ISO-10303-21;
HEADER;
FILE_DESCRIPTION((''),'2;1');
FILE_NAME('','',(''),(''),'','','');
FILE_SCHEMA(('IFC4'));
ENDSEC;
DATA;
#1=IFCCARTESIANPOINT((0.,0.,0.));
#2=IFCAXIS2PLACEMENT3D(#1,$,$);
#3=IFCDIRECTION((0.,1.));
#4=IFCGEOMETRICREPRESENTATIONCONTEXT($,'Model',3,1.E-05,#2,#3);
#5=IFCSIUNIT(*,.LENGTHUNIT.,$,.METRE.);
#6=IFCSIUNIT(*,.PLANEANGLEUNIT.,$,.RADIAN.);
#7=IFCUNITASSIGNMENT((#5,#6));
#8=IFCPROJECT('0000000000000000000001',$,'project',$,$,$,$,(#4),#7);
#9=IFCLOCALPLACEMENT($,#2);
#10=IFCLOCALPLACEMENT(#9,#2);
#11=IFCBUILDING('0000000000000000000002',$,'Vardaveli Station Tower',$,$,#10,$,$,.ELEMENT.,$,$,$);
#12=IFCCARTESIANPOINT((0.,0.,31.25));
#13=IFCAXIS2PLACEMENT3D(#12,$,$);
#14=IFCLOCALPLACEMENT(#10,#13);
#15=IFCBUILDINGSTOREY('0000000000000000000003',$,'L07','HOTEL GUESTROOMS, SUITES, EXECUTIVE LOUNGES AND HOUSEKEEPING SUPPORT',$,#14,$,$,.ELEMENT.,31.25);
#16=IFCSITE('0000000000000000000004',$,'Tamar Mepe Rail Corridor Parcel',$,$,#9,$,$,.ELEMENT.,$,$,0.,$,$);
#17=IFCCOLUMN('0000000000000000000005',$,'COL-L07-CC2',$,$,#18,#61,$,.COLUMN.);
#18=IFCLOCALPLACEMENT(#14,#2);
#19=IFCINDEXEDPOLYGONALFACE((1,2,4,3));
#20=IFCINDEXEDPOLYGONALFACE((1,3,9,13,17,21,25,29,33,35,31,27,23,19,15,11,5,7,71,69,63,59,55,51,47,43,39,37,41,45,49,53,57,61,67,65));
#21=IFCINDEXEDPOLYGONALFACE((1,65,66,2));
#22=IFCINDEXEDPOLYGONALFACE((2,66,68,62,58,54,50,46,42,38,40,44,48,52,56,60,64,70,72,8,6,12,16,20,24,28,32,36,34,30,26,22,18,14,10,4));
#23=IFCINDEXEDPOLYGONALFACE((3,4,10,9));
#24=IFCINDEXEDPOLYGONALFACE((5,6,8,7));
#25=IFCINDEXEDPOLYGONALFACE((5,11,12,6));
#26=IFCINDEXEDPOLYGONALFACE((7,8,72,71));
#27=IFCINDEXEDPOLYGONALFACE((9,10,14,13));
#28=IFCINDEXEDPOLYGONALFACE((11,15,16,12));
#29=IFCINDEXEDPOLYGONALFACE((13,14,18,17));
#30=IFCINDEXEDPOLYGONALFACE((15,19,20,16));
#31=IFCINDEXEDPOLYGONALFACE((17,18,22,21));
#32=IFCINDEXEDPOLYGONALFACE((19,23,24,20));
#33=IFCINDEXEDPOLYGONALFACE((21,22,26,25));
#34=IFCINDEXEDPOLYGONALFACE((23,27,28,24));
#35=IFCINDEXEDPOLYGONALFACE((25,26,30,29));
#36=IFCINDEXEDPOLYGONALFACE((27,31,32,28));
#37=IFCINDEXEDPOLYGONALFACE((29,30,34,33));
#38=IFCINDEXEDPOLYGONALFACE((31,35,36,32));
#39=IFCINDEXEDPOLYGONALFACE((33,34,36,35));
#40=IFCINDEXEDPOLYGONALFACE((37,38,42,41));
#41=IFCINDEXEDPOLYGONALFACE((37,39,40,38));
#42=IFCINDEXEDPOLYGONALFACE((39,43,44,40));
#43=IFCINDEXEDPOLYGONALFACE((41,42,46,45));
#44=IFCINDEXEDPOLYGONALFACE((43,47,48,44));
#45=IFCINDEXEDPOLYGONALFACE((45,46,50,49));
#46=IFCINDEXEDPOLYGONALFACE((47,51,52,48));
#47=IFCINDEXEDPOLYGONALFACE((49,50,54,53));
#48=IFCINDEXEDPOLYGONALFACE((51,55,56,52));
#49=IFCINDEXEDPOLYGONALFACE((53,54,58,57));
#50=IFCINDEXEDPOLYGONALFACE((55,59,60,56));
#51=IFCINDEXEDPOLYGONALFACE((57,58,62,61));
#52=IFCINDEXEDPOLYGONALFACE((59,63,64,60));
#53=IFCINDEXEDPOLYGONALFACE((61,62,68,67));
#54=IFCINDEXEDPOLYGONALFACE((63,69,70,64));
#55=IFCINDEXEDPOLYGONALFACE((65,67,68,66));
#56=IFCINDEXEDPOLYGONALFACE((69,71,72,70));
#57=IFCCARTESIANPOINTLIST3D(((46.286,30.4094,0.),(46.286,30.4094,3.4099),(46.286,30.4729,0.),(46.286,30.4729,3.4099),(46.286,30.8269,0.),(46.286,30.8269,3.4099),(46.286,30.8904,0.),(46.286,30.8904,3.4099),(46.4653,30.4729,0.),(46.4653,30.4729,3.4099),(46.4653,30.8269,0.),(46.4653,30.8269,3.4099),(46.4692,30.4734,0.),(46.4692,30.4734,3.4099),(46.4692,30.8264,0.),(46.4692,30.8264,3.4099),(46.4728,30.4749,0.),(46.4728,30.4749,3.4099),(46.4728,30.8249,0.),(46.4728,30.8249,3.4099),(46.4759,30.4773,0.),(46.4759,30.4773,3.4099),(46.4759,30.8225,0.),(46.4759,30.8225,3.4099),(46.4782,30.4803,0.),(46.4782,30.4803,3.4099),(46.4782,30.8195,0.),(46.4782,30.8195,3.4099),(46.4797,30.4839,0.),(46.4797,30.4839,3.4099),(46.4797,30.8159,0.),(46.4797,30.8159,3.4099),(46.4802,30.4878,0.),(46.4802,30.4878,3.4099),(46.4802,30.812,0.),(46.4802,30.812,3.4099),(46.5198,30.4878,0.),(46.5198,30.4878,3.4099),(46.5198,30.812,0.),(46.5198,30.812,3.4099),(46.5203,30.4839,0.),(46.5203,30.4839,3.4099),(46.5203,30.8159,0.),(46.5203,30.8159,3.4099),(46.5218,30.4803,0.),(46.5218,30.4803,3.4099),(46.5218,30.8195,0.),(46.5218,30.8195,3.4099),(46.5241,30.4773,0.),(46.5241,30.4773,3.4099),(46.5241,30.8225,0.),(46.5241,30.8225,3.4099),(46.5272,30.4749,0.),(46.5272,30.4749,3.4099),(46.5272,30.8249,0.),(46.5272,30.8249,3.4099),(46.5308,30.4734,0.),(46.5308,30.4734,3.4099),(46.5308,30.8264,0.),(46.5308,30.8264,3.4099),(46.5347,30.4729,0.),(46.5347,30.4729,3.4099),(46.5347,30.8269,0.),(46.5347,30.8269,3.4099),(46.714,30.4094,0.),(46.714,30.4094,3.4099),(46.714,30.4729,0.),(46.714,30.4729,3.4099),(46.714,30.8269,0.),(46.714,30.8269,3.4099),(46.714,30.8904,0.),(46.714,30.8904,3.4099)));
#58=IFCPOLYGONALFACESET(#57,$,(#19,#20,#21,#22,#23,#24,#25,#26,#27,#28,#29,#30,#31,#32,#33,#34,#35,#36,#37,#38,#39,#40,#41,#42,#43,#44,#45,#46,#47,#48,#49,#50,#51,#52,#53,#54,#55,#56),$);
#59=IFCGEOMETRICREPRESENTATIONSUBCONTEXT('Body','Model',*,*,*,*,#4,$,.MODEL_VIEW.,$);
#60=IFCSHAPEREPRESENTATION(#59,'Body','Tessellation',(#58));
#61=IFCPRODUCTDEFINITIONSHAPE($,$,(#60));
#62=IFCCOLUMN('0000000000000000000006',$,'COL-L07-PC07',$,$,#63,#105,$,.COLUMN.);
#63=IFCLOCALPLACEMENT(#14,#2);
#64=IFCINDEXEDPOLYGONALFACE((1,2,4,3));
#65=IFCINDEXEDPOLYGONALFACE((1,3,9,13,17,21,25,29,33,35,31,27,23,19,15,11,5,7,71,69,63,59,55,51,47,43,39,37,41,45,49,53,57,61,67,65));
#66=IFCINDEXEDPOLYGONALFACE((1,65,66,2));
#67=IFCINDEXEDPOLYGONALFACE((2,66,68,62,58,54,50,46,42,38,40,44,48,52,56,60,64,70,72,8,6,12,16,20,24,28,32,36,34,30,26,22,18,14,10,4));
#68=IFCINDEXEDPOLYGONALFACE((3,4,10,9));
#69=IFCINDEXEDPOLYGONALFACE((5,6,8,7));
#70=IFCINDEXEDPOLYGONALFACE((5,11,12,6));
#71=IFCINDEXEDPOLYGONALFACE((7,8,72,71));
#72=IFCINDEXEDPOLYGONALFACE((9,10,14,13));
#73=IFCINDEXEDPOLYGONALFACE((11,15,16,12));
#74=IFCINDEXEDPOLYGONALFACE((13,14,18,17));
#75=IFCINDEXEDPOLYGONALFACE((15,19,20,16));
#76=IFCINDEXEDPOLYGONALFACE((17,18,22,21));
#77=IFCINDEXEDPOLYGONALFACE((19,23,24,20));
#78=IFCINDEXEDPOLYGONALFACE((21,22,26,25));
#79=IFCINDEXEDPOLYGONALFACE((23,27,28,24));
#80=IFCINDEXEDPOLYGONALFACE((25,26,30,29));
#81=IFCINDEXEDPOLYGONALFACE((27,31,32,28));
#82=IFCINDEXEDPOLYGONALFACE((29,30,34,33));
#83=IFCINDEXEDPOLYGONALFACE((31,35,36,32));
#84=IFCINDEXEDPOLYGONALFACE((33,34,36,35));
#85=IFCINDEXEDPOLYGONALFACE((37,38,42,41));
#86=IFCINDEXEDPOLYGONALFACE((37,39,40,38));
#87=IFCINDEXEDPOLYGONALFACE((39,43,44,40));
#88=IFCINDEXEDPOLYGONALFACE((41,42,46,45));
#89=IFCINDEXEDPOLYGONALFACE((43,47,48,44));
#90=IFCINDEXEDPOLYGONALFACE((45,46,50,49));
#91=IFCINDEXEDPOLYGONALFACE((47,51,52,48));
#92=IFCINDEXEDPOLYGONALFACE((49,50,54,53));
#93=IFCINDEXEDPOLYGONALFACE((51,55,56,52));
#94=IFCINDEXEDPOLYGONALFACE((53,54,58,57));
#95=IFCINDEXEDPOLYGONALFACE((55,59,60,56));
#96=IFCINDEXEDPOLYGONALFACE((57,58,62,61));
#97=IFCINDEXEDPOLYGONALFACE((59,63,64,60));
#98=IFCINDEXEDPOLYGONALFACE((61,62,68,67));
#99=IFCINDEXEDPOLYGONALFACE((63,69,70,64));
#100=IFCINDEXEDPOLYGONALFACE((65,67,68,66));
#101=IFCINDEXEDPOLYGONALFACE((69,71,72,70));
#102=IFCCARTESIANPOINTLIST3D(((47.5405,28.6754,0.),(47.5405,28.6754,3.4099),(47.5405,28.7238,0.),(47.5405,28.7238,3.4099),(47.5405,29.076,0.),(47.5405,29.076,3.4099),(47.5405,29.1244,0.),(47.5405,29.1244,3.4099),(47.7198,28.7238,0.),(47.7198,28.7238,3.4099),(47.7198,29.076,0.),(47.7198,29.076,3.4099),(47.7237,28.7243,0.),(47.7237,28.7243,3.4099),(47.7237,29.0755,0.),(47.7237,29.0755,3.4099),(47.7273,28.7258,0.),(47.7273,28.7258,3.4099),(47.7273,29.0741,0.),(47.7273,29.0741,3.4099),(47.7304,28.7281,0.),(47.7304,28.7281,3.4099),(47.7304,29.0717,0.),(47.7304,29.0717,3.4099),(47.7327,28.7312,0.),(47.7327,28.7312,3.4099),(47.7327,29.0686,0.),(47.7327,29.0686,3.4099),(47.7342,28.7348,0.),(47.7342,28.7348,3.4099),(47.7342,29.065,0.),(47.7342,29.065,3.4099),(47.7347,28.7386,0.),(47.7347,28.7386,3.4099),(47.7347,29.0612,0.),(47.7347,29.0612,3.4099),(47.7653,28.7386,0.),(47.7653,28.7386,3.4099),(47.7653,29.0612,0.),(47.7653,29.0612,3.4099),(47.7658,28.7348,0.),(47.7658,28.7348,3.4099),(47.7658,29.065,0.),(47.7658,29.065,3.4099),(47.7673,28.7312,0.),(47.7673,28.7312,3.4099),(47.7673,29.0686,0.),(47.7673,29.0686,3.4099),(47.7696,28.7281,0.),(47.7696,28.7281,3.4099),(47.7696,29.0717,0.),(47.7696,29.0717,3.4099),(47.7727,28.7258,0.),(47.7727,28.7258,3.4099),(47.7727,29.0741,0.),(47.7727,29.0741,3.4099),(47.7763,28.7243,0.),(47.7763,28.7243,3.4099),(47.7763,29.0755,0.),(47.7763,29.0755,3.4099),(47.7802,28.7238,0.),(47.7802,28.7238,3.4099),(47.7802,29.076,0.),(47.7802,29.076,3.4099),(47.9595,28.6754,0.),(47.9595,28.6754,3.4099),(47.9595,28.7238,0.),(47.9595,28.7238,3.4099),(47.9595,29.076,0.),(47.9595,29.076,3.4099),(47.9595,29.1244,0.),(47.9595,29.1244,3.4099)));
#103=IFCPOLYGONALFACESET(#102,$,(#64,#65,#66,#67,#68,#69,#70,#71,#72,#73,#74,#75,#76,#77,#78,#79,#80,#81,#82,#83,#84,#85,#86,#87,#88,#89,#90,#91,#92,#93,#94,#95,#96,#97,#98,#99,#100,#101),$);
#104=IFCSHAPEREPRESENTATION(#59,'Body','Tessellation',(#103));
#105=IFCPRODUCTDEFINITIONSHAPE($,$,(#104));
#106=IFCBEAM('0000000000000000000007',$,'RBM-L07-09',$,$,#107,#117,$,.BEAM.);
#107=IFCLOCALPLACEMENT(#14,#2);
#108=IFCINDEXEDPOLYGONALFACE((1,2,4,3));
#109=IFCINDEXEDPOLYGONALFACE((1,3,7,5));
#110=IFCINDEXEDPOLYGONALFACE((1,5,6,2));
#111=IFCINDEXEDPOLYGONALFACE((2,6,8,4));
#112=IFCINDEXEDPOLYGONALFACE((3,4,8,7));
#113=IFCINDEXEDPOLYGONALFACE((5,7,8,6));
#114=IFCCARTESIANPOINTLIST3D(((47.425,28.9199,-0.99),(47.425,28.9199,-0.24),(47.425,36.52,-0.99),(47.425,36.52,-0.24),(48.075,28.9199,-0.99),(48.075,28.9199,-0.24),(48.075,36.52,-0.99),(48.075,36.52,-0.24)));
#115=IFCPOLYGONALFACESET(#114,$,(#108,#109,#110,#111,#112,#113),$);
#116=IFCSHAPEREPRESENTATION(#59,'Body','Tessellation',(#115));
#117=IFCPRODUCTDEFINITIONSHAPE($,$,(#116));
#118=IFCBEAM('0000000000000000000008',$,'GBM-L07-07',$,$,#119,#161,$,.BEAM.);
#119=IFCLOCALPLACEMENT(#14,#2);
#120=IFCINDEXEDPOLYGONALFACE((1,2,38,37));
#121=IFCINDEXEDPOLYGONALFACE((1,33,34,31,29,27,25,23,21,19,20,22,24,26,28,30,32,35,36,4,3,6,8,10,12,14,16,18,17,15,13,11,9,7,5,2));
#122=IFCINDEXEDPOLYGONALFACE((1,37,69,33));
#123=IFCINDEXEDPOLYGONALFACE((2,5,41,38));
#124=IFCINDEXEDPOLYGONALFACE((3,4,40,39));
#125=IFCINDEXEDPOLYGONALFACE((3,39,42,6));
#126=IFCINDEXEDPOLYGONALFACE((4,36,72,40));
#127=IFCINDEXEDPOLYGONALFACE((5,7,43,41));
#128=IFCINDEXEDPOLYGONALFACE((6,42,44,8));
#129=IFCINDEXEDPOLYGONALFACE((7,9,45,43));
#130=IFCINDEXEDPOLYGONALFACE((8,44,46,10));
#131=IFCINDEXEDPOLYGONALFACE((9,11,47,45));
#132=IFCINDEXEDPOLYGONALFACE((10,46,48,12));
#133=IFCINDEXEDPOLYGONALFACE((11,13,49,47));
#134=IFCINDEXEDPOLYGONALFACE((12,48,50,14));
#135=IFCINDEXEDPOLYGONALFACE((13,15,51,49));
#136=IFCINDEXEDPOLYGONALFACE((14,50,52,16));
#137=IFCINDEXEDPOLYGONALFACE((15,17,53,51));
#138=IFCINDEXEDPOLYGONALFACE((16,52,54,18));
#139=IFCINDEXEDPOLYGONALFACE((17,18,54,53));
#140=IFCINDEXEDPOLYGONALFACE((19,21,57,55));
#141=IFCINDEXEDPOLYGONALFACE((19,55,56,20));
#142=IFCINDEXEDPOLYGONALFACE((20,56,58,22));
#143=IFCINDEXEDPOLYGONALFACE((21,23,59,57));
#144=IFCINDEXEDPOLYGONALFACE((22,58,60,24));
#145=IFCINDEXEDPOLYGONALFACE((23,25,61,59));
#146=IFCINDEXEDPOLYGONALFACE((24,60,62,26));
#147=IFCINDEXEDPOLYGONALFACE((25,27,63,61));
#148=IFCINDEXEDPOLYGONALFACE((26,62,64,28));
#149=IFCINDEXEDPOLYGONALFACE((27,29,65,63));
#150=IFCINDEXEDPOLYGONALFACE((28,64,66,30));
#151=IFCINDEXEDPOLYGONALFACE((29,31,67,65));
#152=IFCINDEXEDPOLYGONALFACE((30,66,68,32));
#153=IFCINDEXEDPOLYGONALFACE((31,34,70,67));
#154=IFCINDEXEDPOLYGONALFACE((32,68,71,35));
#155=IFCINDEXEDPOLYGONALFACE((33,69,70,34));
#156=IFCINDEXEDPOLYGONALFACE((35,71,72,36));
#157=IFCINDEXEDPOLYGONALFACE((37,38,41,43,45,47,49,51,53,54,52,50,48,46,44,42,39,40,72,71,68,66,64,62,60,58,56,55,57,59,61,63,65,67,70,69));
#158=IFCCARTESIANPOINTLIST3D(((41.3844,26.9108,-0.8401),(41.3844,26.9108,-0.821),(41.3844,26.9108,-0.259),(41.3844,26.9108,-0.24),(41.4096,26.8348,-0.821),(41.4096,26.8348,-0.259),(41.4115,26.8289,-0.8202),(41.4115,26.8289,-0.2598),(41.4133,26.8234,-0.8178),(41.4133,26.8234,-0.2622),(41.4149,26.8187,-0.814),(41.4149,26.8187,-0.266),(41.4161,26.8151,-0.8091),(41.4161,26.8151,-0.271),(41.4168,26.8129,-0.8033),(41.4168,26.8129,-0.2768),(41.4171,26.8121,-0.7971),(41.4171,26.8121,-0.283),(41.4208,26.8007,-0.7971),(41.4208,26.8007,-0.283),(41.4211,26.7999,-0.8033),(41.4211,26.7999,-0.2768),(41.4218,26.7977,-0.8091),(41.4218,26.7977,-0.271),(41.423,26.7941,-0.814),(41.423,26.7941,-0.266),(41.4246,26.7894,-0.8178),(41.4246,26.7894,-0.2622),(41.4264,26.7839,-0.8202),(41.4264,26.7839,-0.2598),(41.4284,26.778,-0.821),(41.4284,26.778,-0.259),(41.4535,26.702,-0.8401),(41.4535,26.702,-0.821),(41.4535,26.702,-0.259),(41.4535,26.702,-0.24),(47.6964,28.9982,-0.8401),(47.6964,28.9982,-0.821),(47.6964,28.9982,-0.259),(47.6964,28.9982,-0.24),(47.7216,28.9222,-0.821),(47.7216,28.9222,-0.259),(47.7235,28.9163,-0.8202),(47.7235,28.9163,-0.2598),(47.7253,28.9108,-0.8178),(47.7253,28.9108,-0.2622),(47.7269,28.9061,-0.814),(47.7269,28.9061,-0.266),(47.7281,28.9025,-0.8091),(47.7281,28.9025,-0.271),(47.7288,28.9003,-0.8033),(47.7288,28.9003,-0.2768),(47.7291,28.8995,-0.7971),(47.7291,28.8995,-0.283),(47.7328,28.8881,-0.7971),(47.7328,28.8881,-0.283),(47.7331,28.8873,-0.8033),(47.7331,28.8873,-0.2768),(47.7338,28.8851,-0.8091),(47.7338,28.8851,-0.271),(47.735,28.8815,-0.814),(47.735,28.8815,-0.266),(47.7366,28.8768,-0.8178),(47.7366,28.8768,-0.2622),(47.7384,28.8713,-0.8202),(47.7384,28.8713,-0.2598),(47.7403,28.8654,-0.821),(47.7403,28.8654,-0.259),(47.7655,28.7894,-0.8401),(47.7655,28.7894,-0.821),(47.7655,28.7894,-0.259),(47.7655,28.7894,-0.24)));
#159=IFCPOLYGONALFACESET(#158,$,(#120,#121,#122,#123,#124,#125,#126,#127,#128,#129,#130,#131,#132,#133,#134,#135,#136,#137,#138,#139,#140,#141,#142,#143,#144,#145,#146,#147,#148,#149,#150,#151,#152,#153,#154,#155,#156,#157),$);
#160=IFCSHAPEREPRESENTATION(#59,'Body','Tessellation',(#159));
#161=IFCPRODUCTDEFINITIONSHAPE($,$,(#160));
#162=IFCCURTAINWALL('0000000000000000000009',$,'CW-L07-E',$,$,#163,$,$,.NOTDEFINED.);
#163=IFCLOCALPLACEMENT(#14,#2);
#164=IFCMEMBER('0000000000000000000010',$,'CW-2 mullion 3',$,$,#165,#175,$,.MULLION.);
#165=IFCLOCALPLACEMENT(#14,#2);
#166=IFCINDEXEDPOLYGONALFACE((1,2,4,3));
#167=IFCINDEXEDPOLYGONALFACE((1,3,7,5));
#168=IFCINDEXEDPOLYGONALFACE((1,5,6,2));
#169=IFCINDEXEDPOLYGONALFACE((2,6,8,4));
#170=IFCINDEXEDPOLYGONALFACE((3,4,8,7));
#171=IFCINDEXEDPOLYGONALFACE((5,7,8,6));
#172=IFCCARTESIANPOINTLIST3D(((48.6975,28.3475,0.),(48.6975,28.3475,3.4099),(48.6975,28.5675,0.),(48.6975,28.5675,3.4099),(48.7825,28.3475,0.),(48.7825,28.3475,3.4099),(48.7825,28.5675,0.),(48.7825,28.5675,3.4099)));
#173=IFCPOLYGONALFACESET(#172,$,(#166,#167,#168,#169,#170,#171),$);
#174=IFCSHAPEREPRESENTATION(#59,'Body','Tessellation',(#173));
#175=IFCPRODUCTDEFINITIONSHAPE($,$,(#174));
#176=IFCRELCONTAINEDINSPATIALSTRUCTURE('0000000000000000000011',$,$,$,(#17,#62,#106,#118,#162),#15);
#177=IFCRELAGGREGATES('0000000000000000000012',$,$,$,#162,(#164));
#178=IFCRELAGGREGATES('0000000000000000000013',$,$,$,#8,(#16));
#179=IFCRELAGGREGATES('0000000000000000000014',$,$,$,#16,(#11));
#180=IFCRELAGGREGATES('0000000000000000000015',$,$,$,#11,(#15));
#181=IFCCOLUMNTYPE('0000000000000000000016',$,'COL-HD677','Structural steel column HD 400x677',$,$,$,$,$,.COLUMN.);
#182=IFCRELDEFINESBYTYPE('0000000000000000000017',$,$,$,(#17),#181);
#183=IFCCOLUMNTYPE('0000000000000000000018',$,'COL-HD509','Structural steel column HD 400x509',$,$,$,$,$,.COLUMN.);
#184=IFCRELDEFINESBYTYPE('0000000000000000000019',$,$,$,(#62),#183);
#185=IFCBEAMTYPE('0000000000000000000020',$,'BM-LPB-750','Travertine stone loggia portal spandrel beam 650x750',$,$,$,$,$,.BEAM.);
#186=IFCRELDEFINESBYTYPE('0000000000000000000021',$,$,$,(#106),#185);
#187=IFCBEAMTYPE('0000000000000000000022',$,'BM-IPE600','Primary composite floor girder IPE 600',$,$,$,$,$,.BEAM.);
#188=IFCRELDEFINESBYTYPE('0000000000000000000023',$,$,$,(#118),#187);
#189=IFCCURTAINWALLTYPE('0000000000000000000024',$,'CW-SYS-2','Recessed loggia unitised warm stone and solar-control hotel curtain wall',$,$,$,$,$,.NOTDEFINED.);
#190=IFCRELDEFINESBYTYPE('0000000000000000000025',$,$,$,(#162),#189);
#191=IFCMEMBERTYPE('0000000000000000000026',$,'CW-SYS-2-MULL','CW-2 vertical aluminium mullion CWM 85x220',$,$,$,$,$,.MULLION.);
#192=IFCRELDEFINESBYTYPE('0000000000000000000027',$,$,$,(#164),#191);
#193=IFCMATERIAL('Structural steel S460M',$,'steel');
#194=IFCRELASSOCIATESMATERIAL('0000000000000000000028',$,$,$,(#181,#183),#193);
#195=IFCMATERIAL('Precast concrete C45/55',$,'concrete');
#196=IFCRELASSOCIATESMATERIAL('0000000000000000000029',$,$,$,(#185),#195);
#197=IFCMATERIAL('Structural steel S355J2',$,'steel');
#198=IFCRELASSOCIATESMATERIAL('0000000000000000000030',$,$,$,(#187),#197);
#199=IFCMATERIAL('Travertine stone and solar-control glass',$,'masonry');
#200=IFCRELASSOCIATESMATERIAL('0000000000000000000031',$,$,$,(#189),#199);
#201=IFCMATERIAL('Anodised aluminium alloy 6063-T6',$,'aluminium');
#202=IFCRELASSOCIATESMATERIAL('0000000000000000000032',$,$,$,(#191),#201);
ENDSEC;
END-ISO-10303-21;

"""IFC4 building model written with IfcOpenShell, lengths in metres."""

from ifc_helpers import new_model, si_unit, direction, frame, origin, origin_2d, place, context, subcontext, project, spatial, rectangle, i_section, extrude, source, transform, mapped, material, material_profile, profile_set, type_object, element, aggregate, save


model = new_model("IFC4")

# Units and contexts
model_context = context("Model", 3, precision=1e-05, world=origin(), true_north=direction((0.0, 1.0)))
body_context = subcontext(model_context, "Body", "Model", "MODEL_VIEW")
ifc_project = project(units=[si_unit("LENGTHUNIT", "METRE"), si_unit("PLANEANGLEUNIT", "RADIAN")], contexts=[model_context])

# Site, building, storey
site_placement = place(None, origin())
site = spatial("IfcSite", under=ifc_project, at=site_placement, Name="Tamar Mepe Rail Corridor Parcel", CompositionType="ELEMENT", RefElevation=0.0)
building_placement = place(site_placement, origin())
building = spatial("IfcBuilding", under=site, at=building_placement, Name="Vardaveli Station Tower", CompositionType="ELEMENT")
storey_placement = place(building_placement, frame((0.0, 0.0, 31.25)))
storey = spatial("IfcBuildingStorey", under=building, at=storey_placement, Name="L07", Description="HOTEL GUESTROOMS, SUITES, EXECUTIVE LOUNGES AND HOUSEKEEPING SUPPORT", CompositionType="ELEMENT", Elevation=31.25)

# Columns
ifc_material_1 = material(Name="Structural steel S460M", Category="steel")
ifc_material_profile_1 = material_profile(ifc_material_1, i_section(OverallWidth=0.428, OverallDepth=0.481, WebThickness=0.0396, FlangeThickness=0.0635, FilletRadius=0.0149, at=origin_2d()), Name="HD 400x677")
ifc_profile_set_1 = profile_set([ifc_material_profile_1], Name="Structural steel S460M")
column_type_1 = type_object("IfcColumnType", Name="COL-HD677", Description="Structural steel column HD 400x677", PredefinedType="COLUMN", material=ifc_profile_set_1)
shared_shape_1 = source(origin(), body_context, "Body", "SweptSolid", [
    extrude(i_section(OverallWidth=0.428, OverallDepth=0.481, WebThickness=0.0396, FlangeThickness=0.0635, FilletRadius=0.0149, at=origin_2d()), origin(), (0.0, 0.0, 1.0), 3.4099),
])
column_1_placement = place(storey_placement, frame((46.5, 30.6499, 0.0), z_axis=(0.0, 0.0, 1.0), x_axis=(1.0, 0.0, 0.0)))
element("IfcColumn", 1, at=column_1_placement, inside=storey, type_object=column_type_1, Name="COL-L07-CC2", PredefinedType="COLUMN", context=body_context, shape_type="MappedRepresentation", body=[
    mapped(shared_shape_1, transform((0.0, 0.0, 0.0), scale=1.0)),
])
ifc_material_profile_2 = material_profile(ifc_material_1, i_section(OverallWidth=0.4189, OverallDepth=0.449, WebThickness=0.0305, FlangeThickness=0.0483, FilletRadius=0.0149, at=origin_2d()), Name="HD 400x509")
ifc_profile_set_2 = profile_set([ifc_material_profile_2], Name="Structural steel S460M")
column_type_2 = type_object("IfcColumnType", Name="COL-HD509", Description="Structural steel column HD 400x509", PredefinedType="COLUMN", material=ifc_profile_set_2)
shared_shape_2 = source(origin(), body_context, "Body", "SweptSolid", [
    extrude(i_section(OverallWidth=0.4189, OverallDepth=0.449, WebThickness=0.0305, FlangeThickness=0.0483, FilletRadius=0.0149, at=origin_2d()), origin(), (0.0, 0.0, 1.0), 3.4099),
])
column_2_placement = place(storey_placement, frame((47.75, 28.8999, 0.0), z_axis=(0.0, 0.0, 1.0), x_axis=(1.0, 0.0, 0.0)))
element("IfcColumn", 2, at=column_2_placement, inside=storey, type_object=column_type_2, Name="COL-L07-PC07", PredefinedType="COLUMN", context=body_context, shape_type="MappedRepresentation", body=[
    mapped(shared_shape_2, transform((0.0, 0.0, 0.0), scale=1.0)),
])

# Beams
ifc_material_2 = material(Name="Precast concrete C45/55", Category="concrete")
ifc_material_profile_3 = material_profile(ifc_material_2, rectangle(XDim=0.6499, YDim=0.75, at=origin_2d()), Name="LPB 650x750")
ifc_profile_set_3 = profile_set([ifc_material_profile_3], Name="Precast concrete C45/55")
beam_type_1 = type_object("IfcBeamType", Name="BM-LPB-750", Description="Travertine stone loggia portal spandrel beam 650x750", PredefinedType="BEAM", material=ifc_profile_set_3)
shared_shape_3 = source(origin(), body_context, "Body", "SweptSolid", [
    extrude(rectangle(XDim=0.6499, YDim=0.75, at=origin_2d()), origin(), (0.0, 0.0, 1.0), 7.6001),
])
beam_1_placement = place(storey_placement, frame((47.75, 28.9199, -0.615), z_axis=(0.0, 1.0, 0.0), x_axis=(-1.0, 0.0, 0.0)))
element("IfcBeam", 3, at=beam_1_placement, inside=storey, type_object=beam_type_1, Name="RBM-L07-09", PredefinedType="BEAM", context=body_context, shape_type="MappedRepresentation", body=[
    mapped(shared_shape_3, transform((0.0, 0.0, 0.0), scale=1.0)),
])
ifc_material_3 = material(Name="Structural steel S355J2", Category="steel")
ifc_material_profile_4 = material_profile(ifc_material_3, i_section(OverallWidth=0.22, OverallDepth=0.6001, WebThickness=0.012, FlangeThickness=0.019, FilletRadius=0.0239, at=origin_2d()), Name="IPE 600")
ifc_profile_set_4 = profile_set([ifc_material_profile_4], Name="Structural steel S355J2")
beam_type_2 = type_object("IfcBeamType", Name="BM-IPE600", Description="Primary composite floor girder IPE 600", PredefinedType="BEAM", material=ifc_profile_set_4)
shared_shape_4 = source(origin(), body_context, "Body", "SweptSolid", [
    extrude(i_section(OverallWidth=0.22, OverallDepth=0.6001, WebThickness=0.012, FlangeThickness=0.019, FilletRadius=0.0239, at=origin_2d()), origin(), (0.0, 0.0, 1.0), 6.6482),
])
beam_2_placement = place(storey_placement, frame((47.731, 28.8938, -0.54), z_axis=(-0.94943, -0.313979, 0.0), x_axis=(0.313979, -0.94943, 0.0)))
element("IfcBeam", 4, at=beam_2_placement, inside=storey, type_object=beam_type_2, Name="GBM-L07-07", PredefinedType="BEAM", context=body_context, shape_type="MappedRepresentation", body=[
    mapped(shared_shape_4, transform((0.0, 0.0, 0.0), scale=1.0)),
])

# Curtain wall, member
ifc_material_4 = material(Name="Travertine stone and solar-control glass", Category="masonry")
curtain_wall_type = type_object("IfcCurtainWallType", Name="CW-SYS-2", Description="Recessed loggia unitised warm stone and solar-control hotel curtain wall", PredefinedType="NOTDEFINED", material=ifc_material_4)
curtain_wall_placement = place(storey_placement, origin())
curtain_wall = element("IfcCurtainWall", 5, at=curtain_wall_placement, inside=storey, type_object=curtain_wall_type, Name="CW-L07-E", PredefinedType="NOTDEFINED")
ifc_material_5 = material(Name="Anodised aluminium alloy 6063-T6", Category="aluminium")
ifc_material_profile_5 = material_profile(ifc_material_5, rectangle(XDim=0.085, YDim=0.22, at=origin_2d()), Name="CWM 85x220")
ifc_profile_set_5 = profile_set([ifc_material_profile_5], Name="Anodised aluminium alloy 6063-T6")
member_type = type_object("IfcMemberType", Name="CW-SYS-2-MULL", Description="CW-2 vertical aluminium mullion CWM 85x220", PredefinedType="MULLION", material=ifc_profile_set_5)
shared_shape_5 = source(origin(), body_context, "Body", "SweptSolid", [
    extrude(rectangle(XDim=0.085, YDim=0.22, at=origin_2d()), origin(), (0.0, 0.0, 1.0), 3.4099),
])
member_placement = place(storey_placement, frame((48.74, 28.4575, 0.0), z_axis=(0.0, 0.0, 1.0), x_axis=(-1.0, 0.0, 0.0)))
member = element("IfcMember", 6, at=member_placement, type_object=member_type, Name="CW-2 mullion 3", PredefinedType="MULLION", context=body_context, shape_type="MappedRepresentation", body=[
    mapped(shared_shape_5, transform((0.0, 0.0, 0.0), scale=1.0)),
])
aggregate(curtain_wall, [member])

save(model, "model.ifc")
